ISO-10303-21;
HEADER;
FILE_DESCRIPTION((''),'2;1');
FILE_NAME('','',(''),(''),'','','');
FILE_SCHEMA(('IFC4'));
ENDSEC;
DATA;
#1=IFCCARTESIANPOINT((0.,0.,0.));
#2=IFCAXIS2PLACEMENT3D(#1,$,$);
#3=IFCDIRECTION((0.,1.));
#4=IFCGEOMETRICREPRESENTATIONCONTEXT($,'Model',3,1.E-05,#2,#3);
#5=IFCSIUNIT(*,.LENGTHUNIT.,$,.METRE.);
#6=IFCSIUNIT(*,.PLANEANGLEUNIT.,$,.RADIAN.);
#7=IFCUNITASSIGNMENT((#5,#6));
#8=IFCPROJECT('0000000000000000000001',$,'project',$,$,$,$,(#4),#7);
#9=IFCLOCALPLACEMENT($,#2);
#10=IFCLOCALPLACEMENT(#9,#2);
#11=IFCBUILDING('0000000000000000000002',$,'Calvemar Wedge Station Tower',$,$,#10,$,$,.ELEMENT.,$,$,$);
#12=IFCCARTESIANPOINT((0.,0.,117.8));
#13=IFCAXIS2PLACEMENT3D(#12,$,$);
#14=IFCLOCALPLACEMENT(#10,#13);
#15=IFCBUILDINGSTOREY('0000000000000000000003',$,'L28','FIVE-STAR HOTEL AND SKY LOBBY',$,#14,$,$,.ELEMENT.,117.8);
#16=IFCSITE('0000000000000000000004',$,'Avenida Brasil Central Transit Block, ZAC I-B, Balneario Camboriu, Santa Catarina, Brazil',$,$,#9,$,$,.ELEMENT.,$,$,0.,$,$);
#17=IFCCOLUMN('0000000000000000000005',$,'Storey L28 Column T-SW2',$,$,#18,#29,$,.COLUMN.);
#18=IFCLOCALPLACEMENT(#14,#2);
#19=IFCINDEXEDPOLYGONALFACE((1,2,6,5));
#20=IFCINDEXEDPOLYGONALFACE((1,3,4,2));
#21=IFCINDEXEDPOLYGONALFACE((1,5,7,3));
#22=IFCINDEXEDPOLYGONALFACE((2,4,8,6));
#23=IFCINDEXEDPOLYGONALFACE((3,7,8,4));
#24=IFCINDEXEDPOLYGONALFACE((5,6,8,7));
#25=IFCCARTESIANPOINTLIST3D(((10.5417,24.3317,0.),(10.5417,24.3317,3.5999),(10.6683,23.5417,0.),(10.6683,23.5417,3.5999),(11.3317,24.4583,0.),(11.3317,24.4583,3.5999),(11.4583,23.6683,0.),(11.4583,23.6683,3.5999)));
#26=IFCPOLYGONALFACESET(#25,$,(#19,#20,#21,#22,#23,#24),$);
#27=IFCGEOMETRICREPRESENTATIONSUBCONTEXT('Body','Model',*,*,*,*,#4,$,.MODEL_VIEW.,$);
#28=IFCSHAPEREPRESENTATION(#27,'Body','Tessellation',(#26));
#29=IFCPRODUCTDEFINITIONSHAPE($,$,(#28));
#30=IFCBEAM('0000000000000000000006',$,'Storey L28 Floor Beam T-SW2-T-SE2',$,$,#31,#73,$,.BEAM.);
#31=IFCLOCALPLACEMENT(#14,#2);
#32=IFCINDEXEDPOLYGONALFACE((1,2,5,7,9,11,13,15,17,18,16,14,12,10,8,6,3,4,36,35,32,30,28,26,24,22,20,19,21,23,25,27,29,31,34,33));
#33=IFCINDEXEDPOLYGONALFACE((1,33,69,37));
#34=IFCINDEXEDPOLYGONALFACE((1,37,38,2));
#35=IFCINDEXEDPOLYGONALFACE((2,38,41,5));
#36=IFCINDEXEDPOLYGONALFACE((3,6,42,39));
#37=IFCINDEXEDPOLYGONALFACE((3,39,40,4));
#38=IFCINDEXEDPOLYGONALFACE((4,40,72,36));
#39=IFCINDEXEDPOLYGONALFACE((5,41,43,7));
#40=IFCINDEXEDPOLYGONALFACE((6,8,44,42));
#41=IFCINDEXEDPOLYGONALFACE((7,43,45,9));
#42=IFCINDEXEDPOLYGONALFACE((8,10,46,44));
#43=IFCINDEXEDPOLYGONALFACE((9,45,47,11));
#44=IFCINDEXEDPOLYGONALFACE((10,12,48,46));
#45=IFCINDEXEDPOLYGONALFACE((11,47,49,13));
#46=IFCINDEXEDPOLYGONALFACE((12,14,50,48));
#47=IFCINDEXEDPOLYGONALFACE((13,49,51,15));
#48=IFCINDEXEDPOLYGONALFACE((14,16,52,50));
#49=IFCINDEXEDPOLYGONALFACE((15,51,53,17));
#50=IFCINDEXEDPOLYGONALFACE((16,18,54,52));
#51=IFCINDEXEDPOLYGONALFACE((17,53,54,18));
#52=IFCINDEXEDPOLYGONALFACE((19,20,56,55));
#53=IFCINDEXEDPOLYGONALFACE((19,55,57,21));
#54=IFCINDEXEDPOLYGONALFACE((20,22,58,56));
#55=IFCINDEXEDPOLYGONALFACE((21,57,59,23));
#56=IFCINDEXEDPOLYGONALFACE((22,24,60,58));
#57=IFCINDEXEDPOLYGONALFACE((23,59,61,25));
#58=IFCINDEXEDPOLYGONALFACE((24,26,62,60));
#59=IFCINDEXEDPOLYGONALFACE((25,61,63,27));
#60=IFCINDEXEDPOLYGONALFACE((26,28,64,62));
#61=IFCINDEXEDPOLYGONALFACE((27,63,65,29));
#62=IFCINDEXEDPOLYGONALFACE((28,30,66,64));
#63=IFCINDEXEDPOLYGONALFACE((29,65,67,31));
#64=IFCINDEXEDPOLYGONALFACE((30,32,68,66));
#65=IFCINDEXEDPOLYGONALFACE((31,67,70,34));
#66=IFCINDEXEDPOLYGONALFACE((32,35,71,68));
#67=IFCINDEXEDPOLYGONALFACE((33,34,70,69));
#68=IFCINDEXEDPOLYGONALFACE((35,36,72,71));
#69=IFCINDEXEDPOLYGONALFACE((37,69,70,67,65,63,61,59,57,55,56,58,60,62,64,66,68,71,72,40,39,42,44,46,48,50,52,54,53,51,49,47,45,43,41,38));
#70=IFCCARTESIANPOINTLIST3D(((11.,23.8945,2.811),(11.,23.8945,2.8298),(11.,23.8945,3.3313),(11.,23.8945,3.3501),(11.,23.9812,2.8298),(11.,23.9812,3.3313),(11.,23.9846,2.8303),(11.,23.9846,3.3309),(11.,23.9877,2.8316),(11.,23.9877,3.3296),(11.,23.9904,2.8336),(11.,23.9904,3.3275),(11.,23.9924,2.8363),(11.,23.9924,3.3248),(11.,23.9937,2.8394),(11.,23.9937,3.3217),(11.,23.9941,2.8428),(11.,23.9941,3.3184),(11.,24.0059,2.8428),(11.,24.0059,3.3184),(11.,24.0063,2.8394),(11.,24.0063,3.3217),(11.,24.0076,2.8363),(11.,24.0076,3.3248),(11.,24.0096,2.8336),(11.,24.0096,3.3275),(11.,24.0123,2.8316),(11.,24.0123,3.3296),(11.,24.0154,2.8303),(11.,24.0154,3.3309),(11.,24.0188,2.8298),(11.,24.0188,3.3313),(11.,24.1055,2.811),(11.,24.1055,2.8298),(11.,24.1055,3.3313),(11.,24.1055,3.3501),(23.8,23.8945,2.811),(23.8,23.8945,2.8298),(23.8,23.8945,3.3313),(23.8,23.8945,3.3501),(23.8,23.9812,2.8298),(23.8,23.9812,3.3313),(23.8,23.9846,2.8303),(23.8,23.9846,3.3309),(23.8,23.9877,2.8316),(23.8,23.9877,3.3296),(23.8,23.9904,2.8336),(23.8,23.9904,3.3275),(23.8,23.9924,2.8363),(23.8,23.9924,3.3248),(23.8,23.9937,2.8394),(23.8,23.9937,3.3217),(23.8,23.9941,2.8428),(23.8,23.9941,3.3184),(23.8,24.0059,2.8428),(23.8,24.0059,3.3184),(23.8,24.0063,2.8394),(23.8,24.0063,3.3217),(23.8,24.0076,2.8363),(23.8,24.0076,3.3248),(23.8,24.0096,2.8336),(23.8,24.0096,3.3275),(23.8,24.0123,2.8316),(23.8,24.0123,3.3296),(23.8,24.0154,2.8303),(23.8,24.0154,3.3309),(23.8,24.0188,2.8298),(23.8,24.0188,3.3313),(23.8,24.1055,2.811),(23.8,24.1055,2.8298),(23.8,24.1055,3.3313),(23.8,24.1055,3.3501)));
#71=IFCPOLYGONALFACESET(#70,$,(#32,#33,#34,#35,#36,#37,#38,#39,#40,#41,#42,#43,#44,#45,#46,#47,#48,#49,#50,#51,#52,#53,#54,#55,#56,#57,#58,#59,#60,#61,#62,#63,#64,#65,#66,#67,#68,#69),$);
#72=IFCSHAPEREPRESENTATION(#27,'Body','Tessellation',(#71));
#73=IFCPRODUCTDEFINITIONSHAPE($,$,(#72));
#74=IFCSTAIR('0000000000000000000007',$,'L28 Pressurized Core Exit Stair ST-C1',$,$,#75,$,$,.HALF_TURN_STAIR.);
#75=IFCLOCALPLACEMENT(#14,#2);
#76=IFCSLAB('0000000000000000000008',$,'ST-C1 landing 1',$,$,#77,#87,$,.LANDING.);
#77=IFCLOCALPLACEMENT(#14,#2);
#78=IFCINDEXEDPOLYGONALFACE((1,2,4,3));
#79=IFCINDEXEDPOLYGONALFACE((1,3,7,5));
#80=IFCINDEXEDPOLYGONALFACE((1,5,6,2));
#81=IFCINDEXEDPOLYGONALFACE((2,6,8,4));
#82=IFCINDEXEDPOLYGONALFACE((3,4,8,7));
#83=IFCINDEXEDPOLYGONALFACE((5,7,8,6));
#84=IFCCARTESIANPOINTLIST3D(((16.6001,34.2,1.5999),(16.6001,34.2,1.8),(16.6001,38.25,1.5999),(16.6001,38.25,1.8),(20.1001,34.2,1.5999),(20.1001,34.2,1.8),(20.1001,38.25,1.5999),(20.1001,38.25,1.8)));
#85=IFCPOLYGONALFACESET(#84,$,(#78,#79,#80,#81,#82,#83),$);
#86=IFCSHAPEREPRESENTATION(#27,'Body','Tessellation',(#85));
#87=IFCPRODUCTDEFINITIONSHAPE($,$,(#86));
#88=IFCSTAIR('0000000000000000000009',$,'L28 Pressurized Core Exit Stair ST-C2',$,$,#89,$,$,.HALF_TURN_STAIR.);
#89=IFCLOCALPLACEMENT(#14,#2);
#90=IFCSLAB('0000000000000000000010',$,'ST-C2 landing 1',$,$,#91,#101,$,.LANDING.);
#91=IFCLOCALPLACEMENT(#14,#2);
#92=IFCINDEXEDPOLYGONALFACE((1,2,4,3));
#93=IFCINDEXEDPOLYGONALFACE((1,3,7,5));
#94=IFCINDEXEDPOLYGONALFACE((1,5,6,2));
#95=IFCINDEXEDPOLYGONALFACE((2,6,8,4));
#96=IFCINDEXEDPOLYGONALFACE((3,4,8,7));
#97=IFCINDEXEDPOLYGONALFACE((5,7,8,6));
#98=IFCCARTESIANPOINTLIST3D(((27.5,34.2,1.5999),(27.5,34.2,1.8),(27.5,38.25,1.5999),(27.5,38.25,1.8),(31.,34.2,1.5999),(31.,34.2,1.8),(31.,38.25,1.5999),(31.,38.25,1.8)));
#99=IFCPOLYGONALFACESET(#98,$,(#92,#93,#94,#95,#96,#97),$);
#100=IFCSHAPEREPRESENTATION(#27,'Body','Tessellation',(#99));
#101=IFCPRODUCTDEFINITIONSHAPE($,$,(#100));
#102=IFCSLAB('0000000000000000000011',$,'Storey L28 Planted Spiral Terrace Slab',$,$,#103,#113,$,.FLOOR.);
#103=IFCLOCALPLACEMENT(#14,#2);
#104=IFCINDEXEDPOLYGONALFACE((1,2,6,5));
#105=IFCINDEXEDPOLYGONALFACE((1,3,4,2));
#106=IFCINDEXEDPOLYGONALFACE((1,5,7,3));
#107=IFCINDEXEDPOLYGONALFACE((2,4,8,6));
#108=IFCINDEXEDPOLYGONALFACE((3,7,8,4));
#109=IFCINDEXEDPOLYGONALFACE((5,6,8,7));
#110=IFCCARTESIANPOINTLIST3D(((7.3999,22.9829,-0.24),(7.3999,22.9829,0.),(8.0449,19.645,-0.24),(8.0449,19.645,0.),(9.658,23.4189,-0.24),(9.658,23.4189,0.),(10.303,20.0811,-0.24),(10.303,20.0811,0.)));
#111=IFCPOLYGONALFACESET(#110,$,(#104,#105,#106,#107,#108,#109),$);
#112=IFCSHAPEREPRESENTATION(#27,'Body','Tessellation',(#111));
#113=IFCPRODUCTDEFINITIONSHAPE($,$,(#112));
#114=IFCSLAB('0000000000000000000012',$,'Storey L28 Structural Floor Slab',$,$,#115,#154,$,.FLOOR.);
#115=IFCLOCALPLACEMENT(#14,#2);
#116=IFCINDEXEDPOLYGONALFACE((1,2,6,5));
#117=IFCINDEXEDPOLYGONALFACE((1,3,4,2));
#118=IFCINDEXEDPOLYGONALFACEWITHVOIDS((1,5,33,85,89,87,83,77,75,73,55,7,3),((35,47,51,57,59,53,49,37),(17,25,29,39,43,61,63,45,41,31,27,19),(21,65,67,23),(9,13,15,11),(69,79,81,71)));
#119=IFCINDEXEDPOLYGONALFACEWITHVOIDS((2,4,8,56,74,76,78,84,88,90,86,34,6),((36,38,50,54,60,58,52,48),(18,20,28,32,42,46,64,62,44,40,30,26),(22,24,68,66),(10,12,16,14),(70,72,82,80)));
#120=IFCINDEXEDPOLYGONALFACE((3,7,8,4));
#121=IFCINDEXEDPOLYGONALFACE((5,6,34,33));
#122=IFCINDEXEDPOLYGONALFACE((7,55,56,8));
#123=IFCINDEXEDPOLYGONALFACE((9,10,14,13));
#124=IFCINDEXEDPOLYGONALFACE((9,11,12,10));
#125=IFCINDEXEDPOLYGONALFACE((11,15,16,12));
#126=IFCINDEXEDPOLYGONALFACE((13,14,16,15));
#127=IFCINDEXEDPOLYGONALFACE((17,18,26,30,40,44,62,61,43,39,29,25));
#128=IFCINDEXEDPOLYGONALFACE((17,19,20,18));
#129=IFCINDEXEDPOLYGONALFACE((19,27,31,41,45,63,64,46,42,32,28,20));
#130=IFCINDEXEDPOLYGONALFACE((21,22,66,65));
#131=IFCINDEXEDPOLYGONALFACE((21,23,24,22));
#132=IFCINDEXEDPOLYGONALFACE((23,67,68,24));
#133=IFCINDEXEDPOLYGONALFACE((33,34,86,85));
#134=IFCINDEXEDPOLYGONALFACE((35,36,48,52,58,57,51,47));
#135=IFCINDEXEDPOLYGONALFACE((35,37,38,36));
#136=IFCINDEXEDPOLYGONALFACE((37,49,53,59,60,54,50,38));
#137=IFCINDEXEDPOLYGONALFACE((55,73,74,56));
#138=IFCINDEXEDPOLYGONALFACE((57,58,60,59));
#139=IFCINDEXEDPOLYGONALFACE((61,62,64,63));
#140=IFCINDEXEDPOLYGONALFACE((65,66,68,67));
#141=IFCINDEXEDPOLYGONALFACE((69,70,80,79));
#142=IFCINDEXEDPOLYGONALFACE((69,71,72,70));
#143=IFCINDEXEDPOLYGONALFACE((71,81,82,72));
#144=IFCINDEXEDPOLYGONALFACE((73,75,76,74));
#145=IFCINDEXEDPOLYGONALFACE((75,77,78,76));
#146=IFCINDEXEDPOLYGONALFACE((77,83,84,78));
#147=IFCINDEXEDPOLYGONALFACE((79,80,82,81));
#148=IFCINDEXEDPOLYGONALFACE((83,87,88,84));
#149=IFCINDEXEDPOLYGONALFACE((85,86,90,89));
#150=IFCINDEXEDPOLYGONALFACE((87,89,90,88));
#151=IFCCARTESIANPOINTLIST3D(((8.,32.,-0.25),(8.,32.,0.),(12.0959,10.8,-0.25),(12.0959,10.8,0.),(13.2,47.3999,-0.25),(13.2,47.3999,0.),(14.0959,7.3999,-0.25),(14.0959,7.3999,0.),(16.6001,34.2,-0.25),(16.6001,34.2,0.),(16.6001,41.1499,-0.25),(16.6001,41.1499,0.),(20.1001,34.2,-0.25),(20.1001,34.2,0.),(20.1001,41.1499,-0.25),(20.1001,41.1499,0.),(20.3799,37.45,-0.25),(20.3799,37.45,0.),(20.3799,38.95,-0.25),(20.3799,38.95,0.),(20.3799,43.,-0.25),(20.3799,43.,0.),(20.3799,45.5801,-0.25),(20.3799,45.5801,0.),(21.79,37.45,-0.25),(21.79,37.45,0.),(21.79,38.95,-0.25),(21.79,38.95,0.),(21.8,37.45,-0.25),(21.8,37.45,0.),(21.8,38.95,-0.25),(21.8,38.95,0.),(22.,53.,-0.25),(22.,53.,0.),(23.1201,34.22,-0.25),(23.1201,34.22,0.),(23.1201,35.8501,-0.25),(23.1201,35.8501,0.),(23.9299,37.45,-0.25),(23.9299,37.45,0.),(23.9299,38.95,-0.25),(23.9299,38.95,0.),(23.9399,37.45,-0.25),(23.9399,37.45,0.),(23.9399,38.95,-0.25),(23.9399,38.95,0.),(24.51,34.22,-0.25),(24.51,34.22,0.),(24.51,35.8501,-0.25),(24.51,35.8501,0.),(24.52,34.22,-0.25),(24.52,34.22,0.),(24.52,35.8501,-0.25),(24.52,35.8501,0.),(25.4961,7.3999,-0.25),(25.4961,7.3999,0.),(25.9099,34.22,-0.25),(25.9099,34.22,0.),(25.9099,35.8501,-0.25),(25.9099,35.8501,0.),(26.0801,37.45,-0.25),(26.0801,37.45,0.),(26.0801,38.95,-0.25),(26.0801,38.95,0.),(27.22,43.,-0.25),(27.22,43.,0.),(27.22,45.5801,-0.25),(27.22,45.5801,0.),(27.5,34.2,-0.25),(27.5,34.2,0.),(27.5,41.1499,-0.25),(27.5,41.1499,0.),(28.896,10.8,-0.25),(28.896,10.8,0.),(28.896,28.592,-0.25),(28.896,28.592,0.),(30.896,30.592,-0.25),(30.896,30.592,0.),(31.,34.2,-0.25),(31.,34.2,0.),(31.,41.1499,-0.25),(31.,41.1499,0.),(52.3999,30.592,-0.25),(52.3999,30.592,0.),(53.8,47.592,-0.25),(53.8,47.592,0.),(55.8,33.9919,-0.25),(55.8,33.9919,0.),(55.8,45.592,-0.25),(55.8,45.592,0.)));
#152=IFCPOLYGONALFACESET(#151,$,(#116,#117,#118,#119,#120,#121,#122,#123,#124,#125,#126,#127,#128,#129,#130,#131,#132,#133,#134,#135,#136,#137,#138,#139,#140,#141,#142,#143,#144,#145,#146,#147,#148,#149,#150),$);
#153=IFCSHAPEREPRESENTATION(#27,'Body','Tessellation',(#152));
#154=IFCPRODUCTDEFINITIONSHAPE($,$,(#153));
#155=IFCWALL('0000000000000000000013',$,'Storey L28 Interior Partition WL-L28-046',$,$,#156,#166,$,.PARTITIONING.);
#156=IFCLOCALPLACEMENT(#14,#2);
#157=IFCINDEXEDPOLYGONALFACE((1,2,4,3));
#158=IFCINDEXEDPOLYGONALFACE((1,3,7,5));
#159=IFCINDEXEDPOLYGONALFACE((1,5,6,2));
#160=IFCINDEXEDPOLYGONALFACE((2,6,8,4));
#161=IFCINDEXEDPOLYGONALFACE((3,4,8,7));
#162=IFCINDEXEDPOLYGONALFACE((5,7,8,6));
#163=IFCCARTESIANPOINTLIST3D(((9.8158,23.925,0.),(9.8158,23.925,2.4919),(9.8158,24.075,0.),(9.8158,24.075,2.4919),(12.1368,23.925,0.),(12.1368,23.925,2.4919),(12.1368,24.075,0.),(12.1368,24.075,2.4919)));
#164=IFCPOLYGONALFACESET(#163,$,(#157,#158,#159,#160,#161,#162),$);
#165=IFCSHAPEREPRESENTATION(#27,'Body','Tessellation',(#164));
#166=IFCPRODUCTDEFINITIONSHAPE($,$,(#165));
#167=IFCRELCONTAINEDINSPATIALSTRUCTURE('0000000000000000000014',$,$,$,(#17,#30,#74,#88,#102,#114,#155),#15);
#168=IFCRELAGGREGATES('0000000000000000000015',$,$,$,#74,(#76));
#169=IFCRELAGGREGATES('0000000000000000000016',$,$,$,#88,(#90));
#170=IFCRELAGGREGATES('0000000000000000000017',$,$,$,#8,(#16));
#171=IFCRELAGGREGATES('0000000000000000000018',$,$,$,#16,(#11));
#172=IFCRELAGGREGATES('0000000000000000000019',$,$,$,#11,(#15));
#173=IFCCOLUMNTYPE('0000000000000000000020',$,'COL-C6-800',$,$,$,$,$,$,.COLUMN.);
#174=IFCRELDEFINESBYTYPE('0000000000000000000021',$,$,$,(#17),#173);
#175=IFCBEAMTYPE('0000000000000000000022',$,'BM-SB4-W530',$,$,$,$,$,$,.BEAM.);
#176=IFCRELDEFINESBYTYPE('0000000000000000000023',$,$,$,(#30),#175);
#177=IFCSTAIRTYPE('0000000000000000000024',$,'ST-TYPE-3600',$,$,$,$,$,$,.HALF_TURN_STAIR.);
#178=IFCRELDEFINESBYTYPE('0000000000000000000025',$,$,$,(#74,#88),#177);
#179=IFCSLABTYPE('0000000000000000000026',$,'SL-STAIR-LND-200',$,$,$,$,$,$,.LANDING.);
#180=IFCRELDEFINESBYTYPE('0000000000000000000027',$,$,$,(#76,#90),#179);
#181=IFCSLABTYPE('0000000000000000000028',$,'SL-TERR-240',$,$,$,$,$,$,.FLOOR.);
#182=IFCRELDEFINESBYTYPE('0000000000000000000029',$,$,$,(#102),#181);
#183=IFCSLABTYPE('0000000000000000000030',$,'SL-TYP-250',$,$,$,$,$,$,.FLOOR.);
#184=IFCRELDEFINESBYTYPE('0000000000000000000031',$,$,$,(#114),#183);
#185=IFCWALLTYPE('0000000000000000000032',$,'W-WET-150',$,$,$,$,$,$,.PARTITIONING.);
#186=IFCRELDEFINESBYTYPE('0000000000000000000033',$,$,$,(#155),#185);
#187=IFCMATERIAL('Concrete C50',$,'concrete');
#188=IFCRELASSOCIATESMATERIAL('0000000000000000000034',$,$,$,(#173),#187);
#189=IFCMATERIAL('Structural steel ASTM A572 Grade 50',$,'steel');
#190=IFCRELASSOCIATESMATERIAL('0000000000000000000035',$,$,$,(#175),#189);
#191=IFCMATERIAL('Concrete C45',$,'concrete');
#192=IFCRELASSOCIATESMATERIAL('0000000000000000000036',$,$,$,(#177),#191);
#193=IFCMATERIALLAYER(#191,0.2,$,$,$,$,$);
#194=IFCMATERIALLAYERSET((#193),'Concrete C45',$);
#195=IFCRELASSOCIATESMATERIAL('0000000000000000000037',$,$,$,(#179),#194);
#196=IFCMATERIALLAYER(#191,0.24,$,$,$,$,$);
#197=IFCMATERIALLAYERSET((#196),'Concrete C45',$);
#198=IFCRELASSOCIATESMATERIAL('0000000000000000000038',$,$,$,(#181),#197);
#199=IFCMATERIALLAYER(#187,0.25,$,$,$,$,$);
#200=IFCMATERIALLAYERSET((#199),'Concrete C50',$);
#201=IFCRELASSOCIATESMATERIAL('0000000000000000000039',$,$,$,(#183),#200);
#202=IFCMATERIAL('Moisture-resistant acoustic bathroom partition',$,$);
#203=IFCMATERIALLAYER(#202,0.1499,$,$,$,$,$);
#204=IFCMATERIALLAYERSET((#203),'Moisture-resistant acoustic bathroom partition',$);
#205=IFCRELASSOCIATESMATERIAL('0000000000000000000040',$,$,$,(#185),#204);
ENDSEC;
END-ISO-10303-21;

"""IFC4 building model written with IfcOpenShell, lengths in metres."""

from ifc_helpers import new_model, si_unit, direction, frame, frame_2d, origin, origin_2d, place, context, subcontext, project, spatial, polyline, rectangle, i_section, outline, extrude, source, transform, mapped, material, layer, layer_set, material_profile, profile_set, type_object, element, aggregate, save


model = new_model("IFC4")

# Units and contexts
model_context = context("Model", 3, precision=1e-05, world=origin(), true_north=direction((0.0, 1.0)))
body_context = subcontext(model_context, "Body", "Model", "MODEL_VIEW")
ifc_project = project(units=[si_unit("LENGTHUNIT", "METRE"), si_unit("PLANEANGLEUNIT", "RADIAN")], contexts=[model_context])

# Site, building, storey
site_placement = place(None, origin())
site = spatial("IfcSite", under=ifc_project, at=site_placement, Name="Avenida Brasil Central Transit Block, ZAC I-B, Balneario Camboriu, Santa Catarina, Brazil", CompositionType="ELEMENT", RefElevation=0.0)
building_placement = place(site_placement, origin())
building = spatial("IfcBuilding", under=site, at=building_placement, Name="Calvemar Wedge Station Tower", CompositionType="ELEMENT")
storey_placement = place(building_placement, frame((0.0, 0.0, 117.8)))
storey = spatial("IfcBuildingStorey", under=building, at=storey_placement, Name="L28", Description="FIVE-STAR HOTEL AND SKY LOBBY", CompositionType="ELEMENT", Elevation=117.8)

# Column
ifc_material_1 = material(Name="Concrete C50", Category="concrete")
ifc_material_profile_1 = material_profile(ifc_material_1, rectangle(XDim=0.8, YDim=0.8, at=origin_2d()), Name="RC800x800")
ifc_profile_set_1 = profile_set([ifc_material_profile_1], Name="Concrete C50")
column_type = type_object("IfcColumnType", Name="COL-C6-800", PredefinedType="COLUMN", material=ifc_profile_set_1)
shared_shape_1 = source(origin(), body_context, "Body", "SweptSolid", [
    extrude(rectangle(XDim=0.8, YDim=0.8, at=origin_2d()), origin(), (0.0, 0.0, 1.0), 3.5999),
])
column_placement = place(storey_placement, frame((11.0, 24.0, 0.0), z_axis=(0.0, 0.0, 1.0), x_axis=(0.158158, -0.987414, 0.0)))
element("IfcColumn", 1, at=column_placement, inside=storey, type_object=column_type, Name="Storey L28 Column T-SW2", PredefinedType="COLUMN", context=body_context, shape_type="MappedRepresentation", body=[
    mapped(shared_shape_1, transform((0.0, 0.0, 0.0), scale=1.0)),
])

# Beam
ifc_material_2 = material(Name="Structural steel ASTM A572 Grade 50", Category="steel")
ifc_material_profile_2 = material_profile(ifc_material_2, i_section(OverallWidth=0.2109, OverallDepth=0.5391, WebThickness=0.0117, FlangeThickness=0.0188, FilletRadius=0.0129, at=origin_2d()), Name="W530x109")
ifc_profile_set_2 = profile_set([ifc_material_profile_2], Name="Structural steel ASTM A572 Grade 50")
beam_type = type_object("IfcBeamType", Name="BM-SB4-W530", PredefinedType="BEAM", material=ifc_profile_set_2)
shared_shape_2 = source(origin(), body_context, "Body", "SweptSolid", [
    extrude(i_section(OverallWidth=0.2109, OverallDepth=0.5391, WebThickness=0.0117, FlangeThickness=0.0188, FilletRadius=0.0129, at=origin_2d()), origin(), (0.0, 0.0, 1.0), 12.8),
])
beam_placement = place(storey_placement, frame((11.0, 24.0, 3.0806), z_axis=(1.0, 0.0, 0.0), x_axis=(0.0, 1.0, 0.0)))
element("IfcBeam", 2, at=beam_placement, inside=storey, type_object=beam_type, Name="Storey L28 Floor Beam T-SW2-T-SE2", PredefinedType="BEAM", context=body_context, shape_type="MappedRepresentation", body=[
    mapped(shared_shape_2, transform((0.0, 0.0, 0.0), scale=1.0)),
])

# Stairs, slabs
ifc_material_3 = material(Name="Concrete C45", Category="concrete")
stair_type = type_object("IfcStairType", Name="ST-TYPE-3600", PredefinedType="HALF_TURN_STAIR", material=ifc_material_3)
stair_1_placement = place(storey_placement, origin())
stair_1 = element("IfcStair", 3, at=stair_1_placement, inside=storey, type_object=stair_type, Name="L28 Pressurized Core Exit Stair ST-C1", PredefinedType="HALF_TURN_STAIR")
ifc_layer_1 = layer(ifc_material_3, 0.2)
ifc_layer_set_1 = layer_set([ifc_layer_1], Name="Concrete C45")
slab_type_1 = type_object("IfcSlabType", Name="SL-STAIR-LND-200", PredefinedType="LANDING", material=ifc_layer_set_1)
slab_1_placement = place(storey_placement, frame((0.0, 0.0, 1.5999)))
slab_1 = element("IfcSlab", 4, at=slab_1_placement, type_object=slab_type_1, Name="ST-C1 landing 1", PredefinedType="LANDING", context=body_context, shape_type="SweptSolid", body=[
    extrude(outline(polyline([(16.6001, 38.25), (16.6001, 34.2), (20.1001, 34.2), (20.1001, 38.25), (16.6001, 38.25)])), origin(), (0.0, 0.0, 1.0), 0.2002),
])
aggregate(stair_1, [slab_1])
stair_2_placement = place(storey_placement, origin())
stair_2 = element("IfcStair", 5, at=stair_2_placement, inside=storey, type_object=stair_type, Name="L28 Pressurized Core Exit Stair ST-C2", PredefinedType="HALF_TURN_STAIR")
slab_2_placement = place(storey_placement, frame((0.0, 0.0, 1.5999)))
slab_2 = element("IfcSlab", 6, at=slab_2_placement, type_object=slab_type_1, Name="ST-C2 landing 1", PredefinedType="LANDING", context=body_context, shape_type="SweptSolid", body=[
    extrude(outline(polyline([(27.5, 38.25), (27.5, 34.2), (31.0, 34.2), (31.0, 38.25), (27.5, 38.25)])), origin(), (0.0, 0.0, 1.0), 0.2002),
])
aggregate(stair_2, [slab_2])

# Slabs
ifc_layer_2 = layer(ifc_material_3, 0.24)
ifc_layer_set_2 = layer_set([ifc_layer_2], Name="Concrete C45")
slab_type_2 = type_object("IfcSlabType", Name="SL-TERR-240", PredefinedType="FLOOR", material=ifc_layer_set_2)
slab_3_placement = place(storey_placement, frame((0.0, 0.0, -0.24)))
element("IfcSlab", 7, at=slab_3_placement, inside=storey, type_object=slab_type_2, Name="Storey L28 Planted Spiral Terrace Slab", PredefinedType="FLOOR", context=body_context, shape_type="SweptSolid", body=[
    extrude(outline(polyline([(9.658, 23.4189), (7.3999, 22.9829), (8.0449, 19.645), (10.303, 20.0811), (9.658, 23.4189)])), origin(), (0.0, 0.0, 1.0), 0.24),
])
ifc_layer_3 = layer(ifc_material_1, 0.25)
ifc_layer_set_3 = layer_set([ifc_layer_3], Name="Concrete C50")
slab_type_3 = type_object("IfcSlabType", Name="SL-TYP-250", PredefinedType="FLOOR", material=ifc_layer_set_3)
slab_4_placement = place(storey_placement, frame((0.0, 0.0, -0.25)))
element("IfcSlab", 8, at=slab_4_placement, inside=storey, type_object=slab_type_3, Name="Storey L28 Structural Floor Slab", PredefinedType="FLOOR", context=body_context, shape_type="SweptSolid", body=[
    extrude(outline(polyline([(8.0, 32.0), (12.0959, 10.8), (14.0959, 7.3999), (25.4961, 7.3999), (28.896, 10.8), (28.896, 28.592), (30.896, 30.592), (52.3999, 30.592), (55.8, 33.9919), (55.8, 45.592), (53.8, 47.592), (22.0, 53.0), (13.2, 47.3999), (8.0, 32.0)]), holes=[polyline([(24.52, 35.8501), (24.51, 35.8501), (23.1201, 35.8501), (23.1201, 34.22), (24.51, 34.22), (24.52, 34.22), (25.9099, 34.22), (25.9099, 35.8501), (24.52, 35.8501)]), polyline([(16.6001, 34.2), (20.1001, 34.2), (20.1001, 41.1499), (16.6001, 41.1499), (16.6001, 34.2)]), polyline([(27.5, 34.2), (31.0, 34.2), (31.0, 41.1499), (27.5, 41.1499), (27.5, 34.2)]), polyline([(21.8, 38.95), (21.79, 38.95), (20.3799, 38.95), (20.3799, 37.45), (21.79, 37.45), (21.8, 37.45), (23.9299, 37.45), (23.9399, 37.45), (26.0801, 37.45), (26.0801, 38.95), (23.9399, 38.95), (23.9299, 38.95), (21.8, 38.95)]), polyline([(27.22, 43.0), (27.22, 45.5801), (20.3799, 45.5801), (20.3799, 43.0), (27.22, 43.0)])]), origin(), (0.0, 0.0, 1.0), 0.25),
])

# Wall
ifc_material_4 = material(Name="Moisture-resistant acoustic bathroom partition")
ifc_layer_4 = layer(ifc_material_4, 0.1499)
ifc_layer_set_4 = layer_set([ifc_layer_4], Name="Moisture-resistant acoustic bathroom partition")
wall_type = type_object("IfcWallType", Name="W-WET-150", PredefinedType="PARTITIONING", material=ifc_layer_set_4)
wall_placement = place(storey_placement, frame((9.8157, 24.0, 0.0), z_axis=(0.0, 0.0, 1.0), x_axis=(1.0, 0.0, 0.0)))
element("IfcWall", 9, at=wall_placement, inside=storey, type_object=wall_type, Name="Storey L28 Interior Partition WL-L28-046", PredefinedType="PARTITIONING", context=body_context, shape_type="SweptSolid", body=[
    extrude(rectangle(XDim=2.321, YDim=0.1499, at=frame_2d((1.1606, 0.0))), origin(), (0.0, 0.0, 1.0), 2.4919),
])

save(model, "model.ifc")
